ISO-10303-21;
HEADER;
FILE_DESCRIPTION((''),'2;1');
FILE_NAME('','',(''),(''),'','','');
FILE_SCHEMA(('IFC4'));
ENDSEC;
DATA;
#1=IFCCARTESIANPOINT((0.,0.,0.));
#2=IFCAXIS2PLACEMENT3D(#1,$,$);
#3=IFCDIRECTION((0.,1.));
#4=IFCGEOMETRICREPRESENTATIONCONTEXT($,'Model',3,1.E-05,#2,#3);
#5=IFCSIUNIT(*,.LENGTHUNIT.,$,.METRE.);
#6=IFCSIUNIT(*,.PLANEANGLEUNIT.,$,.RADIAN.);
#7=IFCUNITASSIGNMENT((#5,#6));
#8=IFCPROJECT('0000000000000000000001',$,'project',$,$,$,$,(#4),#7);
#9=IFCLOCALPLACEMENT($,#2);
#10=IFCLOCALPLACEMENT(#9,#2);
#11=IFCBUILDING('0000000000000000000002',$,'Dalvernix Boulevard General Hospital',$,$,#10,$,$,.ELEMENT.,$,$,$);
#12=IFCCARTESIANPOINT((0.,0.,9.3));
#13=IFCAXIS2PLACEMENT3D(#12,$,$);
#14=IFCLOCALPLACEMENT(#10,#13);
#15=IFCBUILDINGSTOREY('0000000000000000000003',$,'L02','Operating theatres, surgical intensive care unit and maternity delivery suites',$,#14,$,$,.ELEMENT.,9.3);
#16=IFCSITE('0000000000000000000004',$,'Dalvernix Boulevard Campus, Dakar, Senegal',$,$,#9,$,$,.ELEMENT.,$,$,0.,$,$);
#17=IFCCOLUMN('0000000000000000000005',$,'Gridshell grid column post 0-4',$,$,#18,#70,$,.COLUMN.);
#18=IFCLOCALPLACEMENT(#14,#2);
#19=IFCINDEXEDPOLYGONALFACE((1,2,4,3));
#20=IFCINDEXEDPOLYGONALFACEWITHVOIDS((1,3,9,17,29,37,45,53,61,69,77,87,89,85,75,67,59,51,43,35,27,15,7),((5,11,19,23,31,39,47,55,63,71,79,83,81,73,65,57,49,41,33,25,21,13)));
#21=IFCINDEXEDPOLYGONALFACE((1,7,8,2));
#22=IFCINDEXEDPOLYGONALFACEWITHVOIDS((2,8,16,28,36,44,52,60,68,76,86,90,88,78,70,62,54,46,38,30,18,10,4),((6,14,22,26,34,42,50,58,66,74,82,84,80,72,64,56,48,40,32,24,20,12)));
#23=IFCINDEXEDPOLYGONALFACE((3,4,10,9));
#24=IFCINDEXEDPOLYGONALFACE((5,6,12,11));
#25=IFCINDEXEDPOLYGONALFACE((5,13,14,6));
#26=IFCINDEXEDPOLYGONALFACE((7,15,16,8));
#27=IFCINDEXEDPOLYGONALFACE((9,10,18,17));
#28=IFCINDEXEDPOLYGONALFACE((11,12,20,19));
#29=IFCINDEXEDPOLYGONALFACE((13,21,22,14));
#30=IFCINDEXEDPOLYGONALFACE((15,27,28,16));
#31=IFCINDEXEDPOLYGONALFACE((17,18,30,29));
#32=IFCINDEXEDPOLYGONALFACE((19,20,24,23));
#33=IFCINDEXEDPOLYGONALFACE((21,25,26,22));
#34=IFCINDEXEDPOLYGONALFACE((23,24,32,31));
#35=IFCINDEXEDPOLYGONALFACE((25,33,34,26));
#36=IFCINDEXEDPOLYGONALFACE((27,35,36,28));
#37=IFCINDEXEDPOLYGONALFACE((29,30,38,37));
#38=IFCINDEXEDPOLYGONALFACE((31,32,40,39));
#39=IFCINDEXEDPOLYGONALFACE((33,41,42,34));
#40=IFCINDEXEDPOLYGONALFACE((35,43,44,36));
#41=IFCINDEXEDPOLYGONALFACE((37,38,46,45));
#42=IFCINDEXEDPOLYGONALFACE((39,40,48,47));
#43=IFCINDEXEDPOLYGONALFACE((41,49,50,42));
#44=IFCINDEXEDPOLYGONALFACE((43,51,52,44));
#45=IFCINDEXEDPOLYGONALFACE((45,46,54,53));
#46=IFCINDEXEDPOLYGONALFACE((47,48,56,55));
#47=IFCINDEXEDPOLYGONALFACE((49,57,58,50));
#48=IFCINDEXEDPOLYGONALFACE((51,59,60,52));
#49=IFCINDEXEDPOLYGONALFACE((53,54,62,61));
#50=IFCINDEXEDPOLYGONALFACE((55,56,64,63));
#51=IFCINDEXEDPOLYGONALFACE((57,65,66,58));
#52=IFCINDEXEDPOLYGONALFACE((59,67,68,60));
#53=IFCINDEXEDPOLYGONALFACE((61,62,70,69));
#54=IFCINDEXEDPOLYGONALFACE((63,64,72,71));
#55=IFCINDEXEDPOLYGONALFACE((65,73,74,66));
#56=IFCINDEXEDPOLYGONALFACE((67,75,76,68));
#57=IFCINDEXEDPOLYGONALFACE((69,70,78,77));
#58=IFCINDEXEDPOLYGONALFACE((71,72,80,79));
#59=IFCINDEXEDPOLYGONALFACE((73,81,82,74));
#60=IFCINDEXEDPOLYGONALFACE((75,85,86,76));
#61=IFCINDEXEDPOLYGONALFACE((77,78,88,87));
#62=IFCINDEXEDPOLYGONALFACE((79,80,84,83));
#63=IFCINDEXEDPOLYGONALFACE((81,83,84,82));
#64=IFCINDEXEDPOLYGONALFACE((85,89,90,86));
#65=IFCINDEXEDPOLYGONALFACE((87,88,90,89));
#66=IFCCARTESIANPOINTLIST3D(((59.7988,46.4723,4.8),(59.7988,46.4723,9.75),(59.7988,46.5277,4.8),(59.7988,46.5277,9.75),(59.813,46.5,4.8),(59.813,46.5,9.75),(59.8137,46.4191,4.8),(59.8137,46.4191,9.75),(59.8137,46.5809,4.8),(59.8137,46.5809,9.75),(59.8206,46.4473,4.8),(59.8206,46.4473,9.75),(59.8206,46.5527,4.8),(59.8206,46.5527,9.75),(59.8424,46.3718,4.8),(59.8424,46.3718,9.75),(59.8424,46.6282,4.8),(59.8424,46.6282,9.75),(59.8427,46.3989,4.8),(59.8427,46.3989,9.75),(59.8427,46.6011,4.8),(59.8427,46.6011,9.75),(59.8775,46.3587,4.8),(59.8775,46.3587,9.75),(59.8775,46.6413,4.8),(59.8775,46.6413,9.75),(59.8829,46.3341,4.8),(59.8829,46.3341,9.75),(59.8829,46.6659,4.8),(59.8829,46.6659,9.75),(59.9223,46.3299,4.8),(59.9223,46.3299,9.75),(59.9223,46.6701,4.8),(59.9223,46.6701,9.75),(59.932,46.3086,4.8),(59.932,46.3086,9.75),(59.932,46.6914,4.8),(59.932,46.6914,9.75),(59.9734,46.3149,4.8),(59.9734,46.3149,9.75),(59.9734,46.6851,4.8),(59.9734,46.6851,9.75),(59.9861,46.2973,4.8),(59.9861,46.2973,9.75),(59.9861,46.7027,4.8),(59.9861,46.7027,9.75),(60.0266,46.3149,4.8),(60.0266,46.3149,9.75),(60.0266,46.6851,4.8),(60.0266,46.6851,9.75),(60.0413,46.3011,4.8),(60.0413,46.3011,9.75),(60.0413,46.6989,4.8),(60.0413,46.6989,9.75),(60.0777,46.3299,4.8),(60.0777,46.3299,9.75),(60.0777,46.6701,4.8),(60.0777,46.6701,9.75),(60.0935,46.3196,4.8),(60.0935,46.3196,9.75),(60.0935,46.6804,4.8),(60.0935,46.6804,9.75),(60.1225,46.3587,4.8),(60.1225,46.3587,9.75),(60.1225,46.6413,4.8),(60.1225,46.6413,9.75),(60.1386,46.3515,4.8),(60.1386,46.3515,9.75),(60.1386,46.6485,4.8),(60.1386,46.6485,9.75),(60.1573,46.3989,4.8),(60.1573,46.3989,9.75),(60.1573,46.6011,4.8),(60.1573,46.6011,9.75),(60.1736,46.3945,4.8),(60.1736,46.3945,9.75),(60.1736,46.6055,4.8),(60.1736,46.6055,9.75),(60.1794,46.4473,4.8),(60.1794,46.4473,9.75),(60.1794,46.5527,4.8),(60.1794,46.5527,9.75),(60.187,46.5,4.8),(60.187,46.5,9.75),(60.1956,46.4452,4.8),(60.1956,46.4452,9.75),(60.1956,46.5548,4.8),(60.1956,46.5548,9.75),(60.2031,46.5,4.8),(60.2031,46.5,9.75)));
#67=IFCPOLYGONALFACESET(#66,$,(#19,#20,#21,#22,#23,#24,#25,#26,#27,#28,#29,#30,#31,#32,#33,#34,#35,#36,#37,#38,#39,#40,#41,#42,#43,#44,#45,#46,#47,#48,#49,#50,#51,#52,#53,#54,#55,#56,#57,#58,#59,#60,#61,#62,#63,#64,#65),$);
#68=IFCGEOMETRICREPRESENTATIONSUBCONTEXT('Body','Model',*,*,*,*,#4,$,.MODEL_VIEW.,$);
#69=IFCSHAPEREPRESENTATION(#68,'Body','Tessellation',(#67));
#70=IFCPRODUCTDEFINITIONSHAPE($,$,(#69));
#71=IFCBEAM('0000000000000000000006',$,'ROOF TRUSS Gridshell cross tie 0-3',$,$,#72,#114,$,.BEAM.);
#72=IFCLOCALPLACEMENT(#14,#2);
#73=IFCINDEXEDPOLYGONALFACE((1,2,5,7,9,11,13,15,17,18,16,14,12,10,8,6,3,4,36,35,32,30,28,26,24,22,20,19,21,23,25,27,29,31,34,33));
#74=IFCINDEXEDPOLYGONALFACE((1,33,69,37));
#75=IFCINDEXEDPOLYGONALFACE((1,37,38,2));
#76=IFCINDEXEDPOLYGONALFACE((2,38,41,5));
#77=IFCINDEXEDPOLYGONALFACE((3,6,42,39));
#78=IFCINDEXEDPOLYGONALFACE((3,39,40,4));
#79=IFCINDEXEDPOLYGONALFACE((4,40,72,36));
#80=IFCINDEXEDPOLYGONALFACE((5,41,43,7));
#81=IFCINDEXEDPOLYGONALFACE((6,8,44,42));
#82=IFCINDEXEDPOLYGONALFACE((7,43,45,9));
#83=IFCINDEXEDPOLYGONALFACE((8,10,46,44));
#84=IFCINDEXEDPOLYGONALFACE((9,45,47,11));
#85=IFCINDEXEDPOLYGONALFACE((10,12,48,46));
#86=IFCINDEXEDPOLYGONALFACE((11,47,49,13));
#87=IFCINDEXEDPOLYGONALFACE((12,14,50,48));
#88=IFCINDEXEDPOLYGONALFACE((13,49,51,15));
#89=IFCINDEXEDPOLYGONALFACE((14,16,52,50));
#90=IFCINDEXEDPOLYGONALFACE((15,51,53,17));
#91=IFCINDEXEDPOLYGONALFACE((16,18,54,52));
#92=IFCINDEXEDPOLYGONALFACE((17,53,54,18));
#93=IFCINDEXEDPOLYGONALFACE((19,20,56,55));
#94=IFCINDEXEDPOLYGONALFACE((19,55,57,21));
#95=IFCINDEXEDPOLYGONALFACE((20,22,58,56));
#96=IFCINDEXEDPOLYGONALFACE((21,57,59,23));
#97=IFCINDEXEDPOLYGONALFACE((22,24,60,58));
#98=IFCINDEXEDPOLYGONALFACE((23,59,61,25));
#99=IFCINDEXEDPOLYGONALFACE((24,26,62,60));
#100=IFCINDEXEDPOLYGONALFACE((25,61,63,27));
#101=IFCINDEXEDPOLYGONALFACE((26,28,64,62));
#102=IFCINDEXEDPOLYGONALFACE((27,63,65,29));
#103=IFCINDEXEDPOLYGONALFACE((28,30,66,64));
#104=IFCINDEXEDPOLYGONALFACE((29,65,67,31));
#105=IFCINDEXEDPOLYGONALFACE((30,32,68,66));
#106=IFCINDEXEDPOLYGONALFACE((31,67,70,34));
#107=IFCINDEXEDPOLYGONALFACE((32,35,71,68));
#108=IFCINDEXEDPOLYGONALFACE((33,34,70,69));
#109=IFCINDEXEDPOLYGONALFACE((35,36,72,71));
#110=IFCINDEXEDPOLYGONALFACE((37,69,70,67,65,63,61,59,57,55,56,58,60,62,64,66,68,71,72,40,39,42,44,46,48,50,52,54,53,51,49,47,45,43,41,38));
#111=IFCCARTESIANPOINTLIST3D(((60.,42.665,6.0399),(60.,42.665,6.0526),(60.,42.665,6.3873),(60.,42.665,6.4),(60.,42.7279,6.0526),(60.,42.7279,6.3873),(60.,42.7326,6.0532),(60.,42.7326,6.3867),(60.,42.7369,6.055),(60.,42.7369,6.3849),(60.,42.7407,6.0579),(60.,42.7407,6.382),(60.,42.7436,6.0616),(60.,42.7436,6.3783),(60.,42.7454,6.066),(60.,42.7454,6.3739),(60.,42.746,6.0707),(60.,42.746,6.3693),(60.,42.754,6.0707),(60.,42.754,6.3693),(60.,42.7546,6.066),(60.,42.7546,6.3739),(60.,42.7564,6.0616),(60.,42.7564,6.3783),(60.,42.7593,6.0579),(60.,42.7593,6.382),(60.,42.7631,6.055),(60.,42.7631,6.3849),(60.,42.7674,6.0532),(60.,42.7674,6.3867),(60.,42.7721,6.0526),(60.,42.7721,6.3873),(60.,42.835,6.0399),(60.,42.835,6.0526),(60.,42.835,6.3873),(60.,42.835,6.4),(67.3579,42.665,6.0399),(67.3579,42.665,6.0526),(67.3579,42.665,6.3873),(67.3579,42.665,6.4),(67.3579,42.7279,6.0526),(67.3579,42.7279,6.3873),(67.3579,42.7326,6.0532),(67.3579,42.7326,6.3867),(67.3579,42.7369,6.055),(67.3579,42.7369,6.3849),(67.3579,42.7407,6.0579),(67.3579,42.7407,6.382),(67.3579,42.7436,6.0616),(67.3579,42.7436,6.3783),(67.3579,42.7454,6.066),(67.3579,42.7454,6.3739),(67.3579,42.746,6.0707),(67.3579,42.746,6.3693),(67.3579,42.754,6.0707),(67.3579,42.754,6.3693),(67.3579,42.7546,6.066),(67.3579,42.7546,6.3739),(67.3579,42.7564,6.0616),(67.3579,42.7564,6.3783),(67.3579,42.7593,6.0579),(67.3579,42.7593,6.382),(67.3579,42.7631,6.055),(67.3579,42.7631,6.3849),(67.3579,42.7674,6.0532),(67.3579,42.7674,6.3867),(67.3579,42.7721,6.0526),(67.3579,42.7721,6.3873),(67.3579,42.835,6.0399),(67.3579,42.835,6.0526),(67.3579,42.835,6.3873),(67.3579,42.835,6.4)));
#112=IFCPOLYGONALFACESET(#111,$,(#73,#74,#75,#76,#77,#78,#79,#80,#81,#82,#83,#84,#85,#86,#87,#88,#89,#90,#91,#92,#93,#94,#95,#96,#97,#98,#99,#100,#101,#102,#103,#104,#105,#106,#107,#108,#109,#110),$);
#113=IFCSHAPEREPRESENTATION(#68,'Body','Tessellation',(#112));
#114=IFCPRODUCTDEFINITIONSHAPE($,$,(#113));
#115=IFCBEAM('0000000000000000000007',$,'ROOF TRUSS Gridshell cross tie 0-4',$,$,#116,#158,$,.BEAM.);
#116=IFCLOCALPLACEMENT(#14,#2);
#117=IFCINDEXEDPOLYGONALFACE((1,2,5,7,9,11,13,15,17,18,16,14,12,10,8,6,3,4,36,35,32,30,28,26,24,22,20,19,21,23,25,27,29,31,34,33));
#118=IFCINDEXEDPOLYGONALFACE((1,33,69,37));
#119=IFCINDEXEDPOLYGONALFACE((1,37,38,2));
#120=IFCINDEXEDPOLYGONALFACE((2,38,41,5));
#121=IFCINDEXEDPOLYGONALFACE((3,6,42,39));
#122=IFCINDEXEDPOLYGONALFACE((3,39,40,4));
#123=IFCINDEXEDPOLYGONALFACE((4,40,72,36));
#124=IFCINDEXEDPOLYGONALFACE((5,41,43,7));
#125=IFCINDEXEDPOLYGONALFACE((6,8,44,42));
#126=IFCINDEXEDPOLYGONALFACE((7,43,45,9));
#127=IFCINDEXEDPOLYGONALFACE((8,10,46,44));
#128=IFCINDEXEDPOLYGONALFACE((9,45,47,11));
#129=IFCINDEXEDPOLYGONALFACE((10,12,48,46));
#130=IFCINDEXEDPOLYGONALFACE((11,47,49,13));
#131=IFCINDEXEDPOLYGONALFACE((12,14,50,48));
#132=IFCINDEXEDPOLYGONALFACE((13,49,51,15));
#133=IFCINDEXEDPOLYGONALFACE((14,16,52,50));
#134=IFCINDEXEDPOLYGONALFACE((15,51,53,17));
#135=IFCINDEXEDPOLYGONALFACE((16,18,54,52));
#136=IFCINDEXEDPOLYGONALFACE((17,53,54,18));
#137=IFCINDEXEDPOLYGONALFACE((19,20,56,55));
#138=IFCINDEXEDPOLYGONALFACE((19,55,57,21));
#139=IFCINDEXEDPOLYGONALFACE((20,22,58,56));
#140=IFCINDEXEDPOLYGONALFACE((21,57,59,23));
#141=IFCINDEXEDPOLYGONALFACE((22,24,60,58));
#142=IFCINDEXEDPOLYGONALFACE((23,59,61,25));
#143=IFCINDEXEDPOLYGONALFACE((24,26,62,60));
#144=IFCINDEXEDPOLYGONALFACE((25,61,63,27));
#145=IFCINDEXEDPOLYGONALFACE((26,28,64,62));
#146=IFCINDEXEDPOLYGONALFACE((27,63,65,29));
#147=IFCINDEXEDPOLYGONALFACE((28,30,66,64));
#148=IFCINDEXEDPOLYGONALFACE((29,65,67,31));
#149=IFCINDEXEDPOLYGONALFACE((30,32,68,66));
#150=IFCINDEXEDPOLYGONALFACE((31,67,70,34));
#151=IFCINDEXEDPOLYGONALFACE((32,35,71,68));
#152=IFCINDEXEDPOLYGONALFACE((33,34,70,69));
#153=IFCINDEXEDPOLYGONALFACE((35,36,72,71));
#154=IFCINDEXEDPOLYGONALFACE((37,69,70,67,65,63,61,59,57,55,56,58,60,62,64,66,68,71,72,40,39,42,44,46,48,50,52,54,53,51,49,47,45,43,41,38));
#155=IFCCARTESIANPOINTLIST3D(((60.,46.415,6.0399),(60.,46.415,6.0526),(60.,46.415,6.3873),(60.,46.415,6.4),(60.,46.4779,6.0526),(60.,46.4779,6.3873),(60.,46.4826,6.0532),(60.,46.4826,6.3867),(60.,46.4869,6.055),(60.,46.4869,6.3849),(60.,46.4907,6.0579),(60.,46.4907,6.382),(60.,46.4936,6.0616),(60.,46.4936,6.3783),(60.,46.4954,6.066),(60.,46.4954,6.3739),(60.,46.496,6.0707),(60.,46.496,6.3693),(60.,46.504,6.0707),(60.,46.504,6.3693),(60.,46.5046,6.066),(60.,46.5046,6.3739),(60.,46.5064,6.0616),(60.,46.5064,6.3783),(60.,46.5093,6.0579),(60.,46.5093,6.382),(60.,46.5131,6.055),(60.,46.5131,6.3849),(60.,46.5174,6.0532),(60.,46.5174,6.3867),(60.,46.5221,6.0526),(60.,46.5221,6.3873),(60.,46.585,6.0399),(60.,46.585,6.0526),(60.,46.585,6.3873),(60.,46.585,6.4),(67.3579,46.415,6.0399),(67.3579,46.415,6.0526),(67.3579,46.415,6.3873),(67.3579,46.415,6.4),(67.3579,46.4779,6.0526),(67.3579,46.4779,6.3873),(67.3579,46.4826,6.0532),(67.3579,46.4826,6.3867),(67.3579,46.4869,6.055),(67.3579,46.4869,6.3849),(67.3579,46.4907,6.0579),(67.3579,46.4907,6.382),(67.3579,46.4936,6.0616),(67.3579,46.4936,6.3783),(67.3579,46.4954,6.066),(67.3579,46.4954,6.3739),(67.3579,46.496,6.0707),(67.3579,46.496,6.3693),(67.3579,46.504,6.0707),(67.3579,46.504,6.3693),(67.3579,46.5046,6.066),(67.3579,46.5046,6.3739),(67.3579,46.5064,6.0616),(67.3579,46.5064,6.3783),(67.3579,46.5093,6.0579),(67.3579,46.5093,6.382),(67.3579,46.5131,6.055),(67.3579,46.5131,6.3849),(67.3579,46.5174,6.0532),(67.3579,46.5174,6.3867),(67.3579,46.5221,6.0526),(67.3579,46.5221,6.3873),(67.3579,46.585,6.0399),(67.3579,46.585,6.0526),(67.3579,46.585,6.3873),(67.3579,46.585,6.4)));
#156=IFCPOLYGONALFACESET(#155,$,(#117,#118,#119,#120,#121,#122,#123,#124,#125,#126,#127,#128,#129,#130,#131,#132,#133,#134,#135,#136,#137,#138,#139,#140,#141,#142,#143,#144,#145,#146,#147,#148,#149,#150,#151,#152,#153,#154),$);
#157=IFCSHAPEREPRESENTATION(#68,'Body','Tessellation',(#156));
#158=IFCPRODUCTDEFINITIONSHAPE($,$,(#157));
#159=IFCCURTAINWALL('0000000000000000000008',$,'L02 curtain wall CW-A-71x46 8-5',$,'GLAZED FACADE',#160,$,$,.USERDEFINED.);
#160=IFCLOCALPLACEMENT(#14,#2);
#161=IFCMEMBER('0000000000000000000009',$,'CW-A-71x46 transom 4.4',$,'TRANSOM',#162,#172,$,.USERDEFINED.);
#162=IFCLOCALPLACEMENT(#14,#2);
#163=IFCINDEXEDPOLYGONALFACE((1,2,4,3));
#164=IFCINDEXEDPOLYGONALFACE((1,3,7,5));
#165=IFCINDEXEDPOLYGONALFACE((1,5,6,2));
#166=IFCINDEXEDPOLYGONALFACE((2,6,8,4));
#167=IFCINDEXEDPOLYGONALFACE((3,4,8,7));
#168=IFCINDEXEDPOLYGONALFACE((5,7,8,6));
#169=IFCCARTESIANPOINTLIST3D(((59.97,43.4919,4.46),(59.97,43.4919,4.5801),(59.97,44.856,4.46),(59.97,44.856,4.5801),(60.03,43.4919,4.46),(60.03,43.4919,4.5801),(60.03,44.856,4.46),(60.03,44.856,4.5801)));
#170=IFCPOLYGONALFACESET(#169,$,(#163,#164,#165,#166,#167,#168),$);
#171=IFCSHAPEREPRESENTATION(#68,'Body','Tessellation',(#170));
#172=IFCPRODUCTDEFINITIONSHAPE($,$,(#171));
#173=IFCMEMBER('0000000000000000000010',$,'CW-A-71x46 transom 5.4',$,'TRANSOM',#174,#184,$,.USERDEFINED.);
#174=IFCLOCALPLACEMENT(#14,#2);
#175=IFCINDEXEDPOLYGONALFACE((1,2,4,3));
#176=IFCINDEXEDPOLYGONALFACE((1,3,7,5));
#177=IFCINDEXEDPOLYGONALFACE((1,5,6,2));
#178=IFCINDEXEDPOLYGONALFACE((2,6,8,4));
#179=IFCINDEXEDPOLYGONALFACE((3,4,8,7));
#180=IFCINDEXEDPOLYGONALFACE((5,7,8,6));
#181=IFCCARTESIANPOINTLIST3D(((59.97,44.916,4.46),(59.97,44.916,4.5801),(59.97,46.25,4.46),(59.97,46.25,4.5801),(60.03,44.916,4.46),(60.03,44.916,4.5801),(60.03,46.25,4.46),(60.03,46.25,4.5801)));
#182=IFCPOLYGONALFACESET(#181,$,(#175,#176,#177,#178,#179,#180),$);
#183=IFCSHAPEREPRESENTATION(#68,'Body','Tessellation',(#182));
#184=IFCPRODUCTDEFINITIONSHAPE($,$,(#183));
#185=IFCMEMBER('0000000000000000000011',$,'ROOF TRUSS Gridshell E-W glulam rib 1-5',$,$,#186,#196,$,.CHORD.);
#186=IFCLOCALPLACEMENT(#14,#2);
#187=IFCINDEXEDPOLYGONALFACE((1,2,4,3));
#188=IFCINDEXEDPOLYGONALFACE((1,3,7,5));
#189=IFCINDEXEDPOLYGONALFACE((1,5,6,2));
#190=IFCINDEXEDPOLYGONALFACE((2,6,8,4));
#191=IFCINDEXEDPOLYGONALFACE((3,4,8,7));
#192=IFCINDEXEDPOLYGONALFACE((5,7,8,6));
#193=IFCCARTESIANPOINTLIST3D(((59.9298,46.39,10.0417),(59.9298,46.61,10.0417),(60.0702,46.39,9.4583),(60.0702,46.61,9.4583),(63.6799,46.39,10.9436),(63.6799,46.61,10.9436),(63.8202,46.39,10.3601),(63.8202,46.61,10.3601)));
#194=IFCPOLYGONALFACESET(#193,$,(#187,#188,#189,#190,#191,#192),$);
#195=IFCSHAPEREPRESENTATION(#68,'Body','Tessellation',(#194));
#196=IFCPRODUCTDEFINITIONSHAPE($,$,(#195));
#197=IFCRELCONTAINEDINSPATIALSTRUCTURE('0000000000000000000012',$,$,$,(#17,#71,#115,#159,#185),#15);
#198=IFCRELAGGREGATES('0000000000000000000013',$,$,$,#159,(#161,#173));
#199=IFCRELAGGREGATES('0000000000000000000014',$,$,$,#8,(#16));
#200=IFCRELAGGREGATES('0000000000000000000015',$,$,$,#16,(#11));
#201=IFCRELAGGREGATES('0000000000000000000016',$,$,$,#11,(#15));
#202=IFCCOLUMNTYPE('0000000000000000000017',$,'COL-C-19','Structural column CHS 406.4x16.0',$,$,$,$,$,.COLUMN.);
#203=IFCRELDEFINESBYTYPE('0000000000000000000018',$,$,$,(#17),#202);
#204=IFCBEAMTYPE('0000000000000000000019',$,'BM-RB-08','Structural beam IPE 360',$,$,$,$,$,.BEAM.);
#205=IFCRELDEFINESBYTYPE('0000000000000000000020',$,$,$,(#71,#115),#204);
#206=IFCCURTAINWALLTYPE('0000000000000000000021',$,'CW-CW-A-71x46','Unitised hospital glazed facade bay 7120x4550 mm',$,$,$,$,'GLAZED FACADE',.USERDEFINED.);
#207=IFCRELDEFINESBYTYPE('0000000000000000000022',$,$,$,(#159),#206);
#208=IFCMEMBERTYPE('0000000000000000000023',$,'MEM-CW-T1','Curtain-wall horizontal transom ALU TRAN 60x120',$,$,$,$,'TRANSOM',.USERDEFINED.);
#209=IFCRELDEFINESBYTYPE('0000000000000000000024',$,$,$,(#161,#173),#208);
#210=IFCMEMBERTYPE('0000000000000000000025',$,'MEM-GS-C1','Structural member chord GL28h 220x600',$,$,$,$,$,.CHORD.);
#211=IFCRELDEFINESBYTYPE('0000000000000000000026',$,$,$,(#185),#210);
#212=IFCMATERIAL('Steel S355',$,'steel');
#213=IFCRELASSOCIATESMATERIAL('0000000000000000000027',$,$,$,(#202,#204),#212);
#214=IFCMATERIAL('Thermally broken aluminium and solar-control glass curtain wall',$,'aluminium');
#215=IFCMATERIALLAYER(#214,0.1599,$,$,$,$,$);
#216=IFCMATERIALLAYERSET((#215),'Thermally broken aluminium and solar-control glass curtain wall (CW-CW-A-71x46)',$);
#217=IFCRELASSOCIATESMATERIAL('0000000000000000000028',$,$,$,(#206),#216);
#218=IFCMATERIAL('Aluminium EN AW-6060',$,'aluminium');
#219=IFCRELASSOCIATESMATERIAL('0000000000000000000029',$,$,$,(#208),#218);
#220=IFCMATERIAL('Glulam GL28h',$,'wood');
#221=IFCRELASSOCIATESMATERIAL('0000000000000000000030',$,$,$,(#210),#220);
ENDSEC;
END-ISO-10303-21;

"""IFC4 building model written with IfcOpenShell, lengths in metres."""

from ifc_helpers import new_model, si_unit, direction, frame, origin, origin_2d, place, context, subcontext, project, spatial, rectangle, hollow_circle, i_section, extrude, material, layer, layer_set, material_profile, profile_set, type_object, element, aggregate, save


model = new_model("IFC4")

# Units and contexts
model_context = context("Model", 3, precision=1e-05, world=origin(), true_north=direction((0.0, 1.0)))
body_context = subcontext(model_context, "Body", "Model", "MODEL_VIEW")
ifc_project = project(units=[si_unit("LENGTHUNIT", "METRE"), si_unit("PLANEANGLEUNIT", "RADIAN")], contexts=[model_context])

# Site, building, storey
site_placement = place(None, origin())
site = spatial("IfcSite", under=ifc_project, at=site_placement, Name="Dalvernix Boulevard Campus, Dakar, Senegal", CompositionType="ELEMENT", RefElevation=0.0)
building_placement = place(site_placement, origin())
building = spatial("IfcBuilding", under=site, at=building_placement, Name="Dalvernix Boulevard General Hospital", CompositionType="ELEMENT")
storey_placement = place(building_placement, frame((0.0, 0.0, 9.3)))
storey = spatial("IfcBuildingStorey", under=building, at=storey_placement, Name="L02", Description="Operating theatres, surgical intensive care unit and maternity delivery suites", CompositionType="ELEMENT", Elevation=9.3)

# Column
ifc_material_1 = material(Name="Steel S355", Category="steel")
ifc_material_profile_1 = material_profile(ifc_material_1, hollow_circle(Radius=0.2031, WallThickness=0.0161, at=origin_2d()), Name="CHS 406.4x16.0")
ifc_profile_set_1 = profile_set([ifc_material_profile_1], Name="Steel S355")
column_type = type_object("IfcColumnType", Name="COL-C-19", Description="Structural column CHS 406.4x16.0", PredefinedType="COLUMN", material=ifc_profile_set_1)
column_placement = place(storey_placement, frame((60.0, 46.5, 4.8), z_axis=(0.0, 0.0, 1.0), x_axis=(1.0, 0.0, 0.0)))
element("IfcColumn", 1, at=column_placement, inside=storey, type_object=column_type, Name="Gridshell grid column post 0-4", PredefinedType="COLUMN", context=body_context, shape_type="SweptSolid", body=[
    extrude(hollow_circle(Radius=0.2031, WallThickness=0.0161, at=origin_2d()), origin(), (0.0, 0.0, 1.0), 4.95),
])

# Beams
ifc_material_profile_2 = material_profile(ifc_material_1, i_section(OverallWidth=0.1699, OverallDepth=0.3601, WebThickness=0.0081, FlangeThickness=0.0127, FilletRadius=0.0181, at=origin_2d()), Name="IPE 360")
ifc_profile_set_2 = profile_set([ifc_material_profile_2], Name="Steel S355")
beam_type = type_object("IfcBeamType", Name="BM-RB-08", Description="Structural beam IPE 360", PredefinedType="BEAM", material=ifc_profile_set_2)
for number, where, z_axis, x_axis, name in (
    (2, (60.0, 42.75, 6.22), (1.0, 0.0, 0.0), (0.0, 1.0, 0.0), "ROOF TRUSS Gridshell cross tie 0-3"),
    (3, (60.0, 46.5, 6.22), (1.0, 0.0, 0.0), (0.0, 1.0, 0.0), "ROOF TRUSS Gridshell cross tie 0-4"),
):
    element("IfcBeam", number, at=place(storey_placement, frame(where, z_axis=z_axis, x_axis=x_axis)), inside=storey, type_object=beam_type, Name=name, PredefinedType="BEAM", context=body_context, shape_type="SweptSolid", body=[
        extrude(i_section(OverallWidth=0.1699, OverallDepth=0.3601, WebThickness=0.0081, FlangeThickness=0.0127, FilletRadius=0.0181, at=origin_2d()), origin(), (0.0, 0.0, 1.0), 7.3579),
    ])

# Curtain wall, members
ifc_material_2 = material(Name="Thermally broken aluminium and solar-control glass curtain wall", Category="aluminium")
ifc_layer_1 = layer(ifc_material_2, 0.1599)
ifc_layer_set_1 = layer_set([ifc_layer_1], Name="Thermally broken aluminium and solar-control glass curtain wall (CW-CW-A-71x46)")
curtain_wall_type = type_object("IfcCurtainWallType", Name="CW-CW-A-71x46", Description="Unitised hospital glazed facade bay 7120x4550 mm", ElementType="GLAZED FACADE", PredefinedType="USERDEFINED", material=ifc_layer_set_1)
curtain_wall_placement = place(storey_placement, origin())
curtain_wall = element("IfcCurtainWall", 4, at=curtain_wall_placement, inside=storey, type_object=curtain_wall_type, Name="L02 curtain wall CW-A-71x46 8-5", ObjectType="GLAZED FACADE", PredefinedType="USERDEFINED")
ifc_material_3 = material(Name="Aluminium EN AW-6060", Category="aluminium")
ifc_material_profile_3 = material_profile(ifc_material_3, rectangle(XDim=0.0601, YDim=0.1201, at=origin_2d()), Name="ALU TRAN 60x120")
ifc_profile_set_3 = profile_set([ifc_material_profile_3], Name="Aluminium EN AW-6060")
member_type_1 = type_object("IfcMemberType", Name="MEM-CW-T1", Description="Curtain-wall horizontal transom ALU TRAN 60x120", ElementType="TRANSOM", PredefinedType="USERDEFINED", material=ifc_profile_set_3)
member_1_placement = place(storey_placement, frame((60.0, 43.4919, 4.52), z_axis=(0.0, 1.0, 0.0), x_axis=(-1.0, 0.0, 0.0)))
member_1 = element("IfcMember", 5, at=member_1_placement, type_object=member_type_1, Name="CW-A-71x46 transom 4.4", ObjectType="TRANSOM", PredefinedType="USERDEFINED", context=body_context, shape_type="SweptSolid", body=[
    extrude(rectangle(XDim=0.0601, YDim=0.1201, at=origin_2d()), origin(), (0.0, 0.0, 1.0), 1.364),
])
member_2_placement = place(storey_placement, frame((60.0, 44.916, 4.52), z_axis=(0.0, 1.0, 0.0), x_axis=(-1.0, 0.0, 0.0)))
member_2 = element("IfcMember", 6, at=member_2_placement, type_object=member_type_1, Name="CW-A-71x46 transom 5.4", ObjectType="TRANSOM", PredefinedType="USERDEFINED", context=body_context, shape_type="SweptSolid", body=[
    extrude(rectangle(XDim=0.0601, YDim=0.1201, at=origin_2d()), origin(), (0.0, 0.0, 1.0), 1.334),
])

# Member
ifc_material_4 = material(Name="Glulam GL28h", Category="wood")
ifc_material_profile_4 = material_profile(ifc_material_4, rectangle(XDim=0.22, YDim=0.6001, at=origin_2d()), Name="GL28h 220x600")
ifc_profile_set_4 = profile_set([ifc_material_profile_4], Name="Glulam GL28h")
member_type_2 = type_object("IfcMemberType", Name="MEM-GS-C1", Description="Structural member chord GL28h 220x600", PredefinedType="CHORD", material=ifc_profile_set_4)
member_3_placement = place(storey_placement, frame((60.0, 46.5, 9.75), z_axis=(0.972278, 0.0, 0.233828), x_axis=(0.0, 1.0, 0.0)))
element("IfcMember", 7, at=member_3_placement, inside=storey, type_object=member_type_2, Name="ROOF TRUSS Gridshell E-W glulam rib 1-5", PredefinedType="CHORD", context=body_context, shape_type="SweptSolid", body=[
    extrude(rectangle(XDim=0.22, YDim=0.6001, at=origin_2d()), origin(), (0.0, 0.0, 1.0), 3.8569),
])

aggregate(curtain_wall, [member_1, member_2])

save(model, "model.ifc")
